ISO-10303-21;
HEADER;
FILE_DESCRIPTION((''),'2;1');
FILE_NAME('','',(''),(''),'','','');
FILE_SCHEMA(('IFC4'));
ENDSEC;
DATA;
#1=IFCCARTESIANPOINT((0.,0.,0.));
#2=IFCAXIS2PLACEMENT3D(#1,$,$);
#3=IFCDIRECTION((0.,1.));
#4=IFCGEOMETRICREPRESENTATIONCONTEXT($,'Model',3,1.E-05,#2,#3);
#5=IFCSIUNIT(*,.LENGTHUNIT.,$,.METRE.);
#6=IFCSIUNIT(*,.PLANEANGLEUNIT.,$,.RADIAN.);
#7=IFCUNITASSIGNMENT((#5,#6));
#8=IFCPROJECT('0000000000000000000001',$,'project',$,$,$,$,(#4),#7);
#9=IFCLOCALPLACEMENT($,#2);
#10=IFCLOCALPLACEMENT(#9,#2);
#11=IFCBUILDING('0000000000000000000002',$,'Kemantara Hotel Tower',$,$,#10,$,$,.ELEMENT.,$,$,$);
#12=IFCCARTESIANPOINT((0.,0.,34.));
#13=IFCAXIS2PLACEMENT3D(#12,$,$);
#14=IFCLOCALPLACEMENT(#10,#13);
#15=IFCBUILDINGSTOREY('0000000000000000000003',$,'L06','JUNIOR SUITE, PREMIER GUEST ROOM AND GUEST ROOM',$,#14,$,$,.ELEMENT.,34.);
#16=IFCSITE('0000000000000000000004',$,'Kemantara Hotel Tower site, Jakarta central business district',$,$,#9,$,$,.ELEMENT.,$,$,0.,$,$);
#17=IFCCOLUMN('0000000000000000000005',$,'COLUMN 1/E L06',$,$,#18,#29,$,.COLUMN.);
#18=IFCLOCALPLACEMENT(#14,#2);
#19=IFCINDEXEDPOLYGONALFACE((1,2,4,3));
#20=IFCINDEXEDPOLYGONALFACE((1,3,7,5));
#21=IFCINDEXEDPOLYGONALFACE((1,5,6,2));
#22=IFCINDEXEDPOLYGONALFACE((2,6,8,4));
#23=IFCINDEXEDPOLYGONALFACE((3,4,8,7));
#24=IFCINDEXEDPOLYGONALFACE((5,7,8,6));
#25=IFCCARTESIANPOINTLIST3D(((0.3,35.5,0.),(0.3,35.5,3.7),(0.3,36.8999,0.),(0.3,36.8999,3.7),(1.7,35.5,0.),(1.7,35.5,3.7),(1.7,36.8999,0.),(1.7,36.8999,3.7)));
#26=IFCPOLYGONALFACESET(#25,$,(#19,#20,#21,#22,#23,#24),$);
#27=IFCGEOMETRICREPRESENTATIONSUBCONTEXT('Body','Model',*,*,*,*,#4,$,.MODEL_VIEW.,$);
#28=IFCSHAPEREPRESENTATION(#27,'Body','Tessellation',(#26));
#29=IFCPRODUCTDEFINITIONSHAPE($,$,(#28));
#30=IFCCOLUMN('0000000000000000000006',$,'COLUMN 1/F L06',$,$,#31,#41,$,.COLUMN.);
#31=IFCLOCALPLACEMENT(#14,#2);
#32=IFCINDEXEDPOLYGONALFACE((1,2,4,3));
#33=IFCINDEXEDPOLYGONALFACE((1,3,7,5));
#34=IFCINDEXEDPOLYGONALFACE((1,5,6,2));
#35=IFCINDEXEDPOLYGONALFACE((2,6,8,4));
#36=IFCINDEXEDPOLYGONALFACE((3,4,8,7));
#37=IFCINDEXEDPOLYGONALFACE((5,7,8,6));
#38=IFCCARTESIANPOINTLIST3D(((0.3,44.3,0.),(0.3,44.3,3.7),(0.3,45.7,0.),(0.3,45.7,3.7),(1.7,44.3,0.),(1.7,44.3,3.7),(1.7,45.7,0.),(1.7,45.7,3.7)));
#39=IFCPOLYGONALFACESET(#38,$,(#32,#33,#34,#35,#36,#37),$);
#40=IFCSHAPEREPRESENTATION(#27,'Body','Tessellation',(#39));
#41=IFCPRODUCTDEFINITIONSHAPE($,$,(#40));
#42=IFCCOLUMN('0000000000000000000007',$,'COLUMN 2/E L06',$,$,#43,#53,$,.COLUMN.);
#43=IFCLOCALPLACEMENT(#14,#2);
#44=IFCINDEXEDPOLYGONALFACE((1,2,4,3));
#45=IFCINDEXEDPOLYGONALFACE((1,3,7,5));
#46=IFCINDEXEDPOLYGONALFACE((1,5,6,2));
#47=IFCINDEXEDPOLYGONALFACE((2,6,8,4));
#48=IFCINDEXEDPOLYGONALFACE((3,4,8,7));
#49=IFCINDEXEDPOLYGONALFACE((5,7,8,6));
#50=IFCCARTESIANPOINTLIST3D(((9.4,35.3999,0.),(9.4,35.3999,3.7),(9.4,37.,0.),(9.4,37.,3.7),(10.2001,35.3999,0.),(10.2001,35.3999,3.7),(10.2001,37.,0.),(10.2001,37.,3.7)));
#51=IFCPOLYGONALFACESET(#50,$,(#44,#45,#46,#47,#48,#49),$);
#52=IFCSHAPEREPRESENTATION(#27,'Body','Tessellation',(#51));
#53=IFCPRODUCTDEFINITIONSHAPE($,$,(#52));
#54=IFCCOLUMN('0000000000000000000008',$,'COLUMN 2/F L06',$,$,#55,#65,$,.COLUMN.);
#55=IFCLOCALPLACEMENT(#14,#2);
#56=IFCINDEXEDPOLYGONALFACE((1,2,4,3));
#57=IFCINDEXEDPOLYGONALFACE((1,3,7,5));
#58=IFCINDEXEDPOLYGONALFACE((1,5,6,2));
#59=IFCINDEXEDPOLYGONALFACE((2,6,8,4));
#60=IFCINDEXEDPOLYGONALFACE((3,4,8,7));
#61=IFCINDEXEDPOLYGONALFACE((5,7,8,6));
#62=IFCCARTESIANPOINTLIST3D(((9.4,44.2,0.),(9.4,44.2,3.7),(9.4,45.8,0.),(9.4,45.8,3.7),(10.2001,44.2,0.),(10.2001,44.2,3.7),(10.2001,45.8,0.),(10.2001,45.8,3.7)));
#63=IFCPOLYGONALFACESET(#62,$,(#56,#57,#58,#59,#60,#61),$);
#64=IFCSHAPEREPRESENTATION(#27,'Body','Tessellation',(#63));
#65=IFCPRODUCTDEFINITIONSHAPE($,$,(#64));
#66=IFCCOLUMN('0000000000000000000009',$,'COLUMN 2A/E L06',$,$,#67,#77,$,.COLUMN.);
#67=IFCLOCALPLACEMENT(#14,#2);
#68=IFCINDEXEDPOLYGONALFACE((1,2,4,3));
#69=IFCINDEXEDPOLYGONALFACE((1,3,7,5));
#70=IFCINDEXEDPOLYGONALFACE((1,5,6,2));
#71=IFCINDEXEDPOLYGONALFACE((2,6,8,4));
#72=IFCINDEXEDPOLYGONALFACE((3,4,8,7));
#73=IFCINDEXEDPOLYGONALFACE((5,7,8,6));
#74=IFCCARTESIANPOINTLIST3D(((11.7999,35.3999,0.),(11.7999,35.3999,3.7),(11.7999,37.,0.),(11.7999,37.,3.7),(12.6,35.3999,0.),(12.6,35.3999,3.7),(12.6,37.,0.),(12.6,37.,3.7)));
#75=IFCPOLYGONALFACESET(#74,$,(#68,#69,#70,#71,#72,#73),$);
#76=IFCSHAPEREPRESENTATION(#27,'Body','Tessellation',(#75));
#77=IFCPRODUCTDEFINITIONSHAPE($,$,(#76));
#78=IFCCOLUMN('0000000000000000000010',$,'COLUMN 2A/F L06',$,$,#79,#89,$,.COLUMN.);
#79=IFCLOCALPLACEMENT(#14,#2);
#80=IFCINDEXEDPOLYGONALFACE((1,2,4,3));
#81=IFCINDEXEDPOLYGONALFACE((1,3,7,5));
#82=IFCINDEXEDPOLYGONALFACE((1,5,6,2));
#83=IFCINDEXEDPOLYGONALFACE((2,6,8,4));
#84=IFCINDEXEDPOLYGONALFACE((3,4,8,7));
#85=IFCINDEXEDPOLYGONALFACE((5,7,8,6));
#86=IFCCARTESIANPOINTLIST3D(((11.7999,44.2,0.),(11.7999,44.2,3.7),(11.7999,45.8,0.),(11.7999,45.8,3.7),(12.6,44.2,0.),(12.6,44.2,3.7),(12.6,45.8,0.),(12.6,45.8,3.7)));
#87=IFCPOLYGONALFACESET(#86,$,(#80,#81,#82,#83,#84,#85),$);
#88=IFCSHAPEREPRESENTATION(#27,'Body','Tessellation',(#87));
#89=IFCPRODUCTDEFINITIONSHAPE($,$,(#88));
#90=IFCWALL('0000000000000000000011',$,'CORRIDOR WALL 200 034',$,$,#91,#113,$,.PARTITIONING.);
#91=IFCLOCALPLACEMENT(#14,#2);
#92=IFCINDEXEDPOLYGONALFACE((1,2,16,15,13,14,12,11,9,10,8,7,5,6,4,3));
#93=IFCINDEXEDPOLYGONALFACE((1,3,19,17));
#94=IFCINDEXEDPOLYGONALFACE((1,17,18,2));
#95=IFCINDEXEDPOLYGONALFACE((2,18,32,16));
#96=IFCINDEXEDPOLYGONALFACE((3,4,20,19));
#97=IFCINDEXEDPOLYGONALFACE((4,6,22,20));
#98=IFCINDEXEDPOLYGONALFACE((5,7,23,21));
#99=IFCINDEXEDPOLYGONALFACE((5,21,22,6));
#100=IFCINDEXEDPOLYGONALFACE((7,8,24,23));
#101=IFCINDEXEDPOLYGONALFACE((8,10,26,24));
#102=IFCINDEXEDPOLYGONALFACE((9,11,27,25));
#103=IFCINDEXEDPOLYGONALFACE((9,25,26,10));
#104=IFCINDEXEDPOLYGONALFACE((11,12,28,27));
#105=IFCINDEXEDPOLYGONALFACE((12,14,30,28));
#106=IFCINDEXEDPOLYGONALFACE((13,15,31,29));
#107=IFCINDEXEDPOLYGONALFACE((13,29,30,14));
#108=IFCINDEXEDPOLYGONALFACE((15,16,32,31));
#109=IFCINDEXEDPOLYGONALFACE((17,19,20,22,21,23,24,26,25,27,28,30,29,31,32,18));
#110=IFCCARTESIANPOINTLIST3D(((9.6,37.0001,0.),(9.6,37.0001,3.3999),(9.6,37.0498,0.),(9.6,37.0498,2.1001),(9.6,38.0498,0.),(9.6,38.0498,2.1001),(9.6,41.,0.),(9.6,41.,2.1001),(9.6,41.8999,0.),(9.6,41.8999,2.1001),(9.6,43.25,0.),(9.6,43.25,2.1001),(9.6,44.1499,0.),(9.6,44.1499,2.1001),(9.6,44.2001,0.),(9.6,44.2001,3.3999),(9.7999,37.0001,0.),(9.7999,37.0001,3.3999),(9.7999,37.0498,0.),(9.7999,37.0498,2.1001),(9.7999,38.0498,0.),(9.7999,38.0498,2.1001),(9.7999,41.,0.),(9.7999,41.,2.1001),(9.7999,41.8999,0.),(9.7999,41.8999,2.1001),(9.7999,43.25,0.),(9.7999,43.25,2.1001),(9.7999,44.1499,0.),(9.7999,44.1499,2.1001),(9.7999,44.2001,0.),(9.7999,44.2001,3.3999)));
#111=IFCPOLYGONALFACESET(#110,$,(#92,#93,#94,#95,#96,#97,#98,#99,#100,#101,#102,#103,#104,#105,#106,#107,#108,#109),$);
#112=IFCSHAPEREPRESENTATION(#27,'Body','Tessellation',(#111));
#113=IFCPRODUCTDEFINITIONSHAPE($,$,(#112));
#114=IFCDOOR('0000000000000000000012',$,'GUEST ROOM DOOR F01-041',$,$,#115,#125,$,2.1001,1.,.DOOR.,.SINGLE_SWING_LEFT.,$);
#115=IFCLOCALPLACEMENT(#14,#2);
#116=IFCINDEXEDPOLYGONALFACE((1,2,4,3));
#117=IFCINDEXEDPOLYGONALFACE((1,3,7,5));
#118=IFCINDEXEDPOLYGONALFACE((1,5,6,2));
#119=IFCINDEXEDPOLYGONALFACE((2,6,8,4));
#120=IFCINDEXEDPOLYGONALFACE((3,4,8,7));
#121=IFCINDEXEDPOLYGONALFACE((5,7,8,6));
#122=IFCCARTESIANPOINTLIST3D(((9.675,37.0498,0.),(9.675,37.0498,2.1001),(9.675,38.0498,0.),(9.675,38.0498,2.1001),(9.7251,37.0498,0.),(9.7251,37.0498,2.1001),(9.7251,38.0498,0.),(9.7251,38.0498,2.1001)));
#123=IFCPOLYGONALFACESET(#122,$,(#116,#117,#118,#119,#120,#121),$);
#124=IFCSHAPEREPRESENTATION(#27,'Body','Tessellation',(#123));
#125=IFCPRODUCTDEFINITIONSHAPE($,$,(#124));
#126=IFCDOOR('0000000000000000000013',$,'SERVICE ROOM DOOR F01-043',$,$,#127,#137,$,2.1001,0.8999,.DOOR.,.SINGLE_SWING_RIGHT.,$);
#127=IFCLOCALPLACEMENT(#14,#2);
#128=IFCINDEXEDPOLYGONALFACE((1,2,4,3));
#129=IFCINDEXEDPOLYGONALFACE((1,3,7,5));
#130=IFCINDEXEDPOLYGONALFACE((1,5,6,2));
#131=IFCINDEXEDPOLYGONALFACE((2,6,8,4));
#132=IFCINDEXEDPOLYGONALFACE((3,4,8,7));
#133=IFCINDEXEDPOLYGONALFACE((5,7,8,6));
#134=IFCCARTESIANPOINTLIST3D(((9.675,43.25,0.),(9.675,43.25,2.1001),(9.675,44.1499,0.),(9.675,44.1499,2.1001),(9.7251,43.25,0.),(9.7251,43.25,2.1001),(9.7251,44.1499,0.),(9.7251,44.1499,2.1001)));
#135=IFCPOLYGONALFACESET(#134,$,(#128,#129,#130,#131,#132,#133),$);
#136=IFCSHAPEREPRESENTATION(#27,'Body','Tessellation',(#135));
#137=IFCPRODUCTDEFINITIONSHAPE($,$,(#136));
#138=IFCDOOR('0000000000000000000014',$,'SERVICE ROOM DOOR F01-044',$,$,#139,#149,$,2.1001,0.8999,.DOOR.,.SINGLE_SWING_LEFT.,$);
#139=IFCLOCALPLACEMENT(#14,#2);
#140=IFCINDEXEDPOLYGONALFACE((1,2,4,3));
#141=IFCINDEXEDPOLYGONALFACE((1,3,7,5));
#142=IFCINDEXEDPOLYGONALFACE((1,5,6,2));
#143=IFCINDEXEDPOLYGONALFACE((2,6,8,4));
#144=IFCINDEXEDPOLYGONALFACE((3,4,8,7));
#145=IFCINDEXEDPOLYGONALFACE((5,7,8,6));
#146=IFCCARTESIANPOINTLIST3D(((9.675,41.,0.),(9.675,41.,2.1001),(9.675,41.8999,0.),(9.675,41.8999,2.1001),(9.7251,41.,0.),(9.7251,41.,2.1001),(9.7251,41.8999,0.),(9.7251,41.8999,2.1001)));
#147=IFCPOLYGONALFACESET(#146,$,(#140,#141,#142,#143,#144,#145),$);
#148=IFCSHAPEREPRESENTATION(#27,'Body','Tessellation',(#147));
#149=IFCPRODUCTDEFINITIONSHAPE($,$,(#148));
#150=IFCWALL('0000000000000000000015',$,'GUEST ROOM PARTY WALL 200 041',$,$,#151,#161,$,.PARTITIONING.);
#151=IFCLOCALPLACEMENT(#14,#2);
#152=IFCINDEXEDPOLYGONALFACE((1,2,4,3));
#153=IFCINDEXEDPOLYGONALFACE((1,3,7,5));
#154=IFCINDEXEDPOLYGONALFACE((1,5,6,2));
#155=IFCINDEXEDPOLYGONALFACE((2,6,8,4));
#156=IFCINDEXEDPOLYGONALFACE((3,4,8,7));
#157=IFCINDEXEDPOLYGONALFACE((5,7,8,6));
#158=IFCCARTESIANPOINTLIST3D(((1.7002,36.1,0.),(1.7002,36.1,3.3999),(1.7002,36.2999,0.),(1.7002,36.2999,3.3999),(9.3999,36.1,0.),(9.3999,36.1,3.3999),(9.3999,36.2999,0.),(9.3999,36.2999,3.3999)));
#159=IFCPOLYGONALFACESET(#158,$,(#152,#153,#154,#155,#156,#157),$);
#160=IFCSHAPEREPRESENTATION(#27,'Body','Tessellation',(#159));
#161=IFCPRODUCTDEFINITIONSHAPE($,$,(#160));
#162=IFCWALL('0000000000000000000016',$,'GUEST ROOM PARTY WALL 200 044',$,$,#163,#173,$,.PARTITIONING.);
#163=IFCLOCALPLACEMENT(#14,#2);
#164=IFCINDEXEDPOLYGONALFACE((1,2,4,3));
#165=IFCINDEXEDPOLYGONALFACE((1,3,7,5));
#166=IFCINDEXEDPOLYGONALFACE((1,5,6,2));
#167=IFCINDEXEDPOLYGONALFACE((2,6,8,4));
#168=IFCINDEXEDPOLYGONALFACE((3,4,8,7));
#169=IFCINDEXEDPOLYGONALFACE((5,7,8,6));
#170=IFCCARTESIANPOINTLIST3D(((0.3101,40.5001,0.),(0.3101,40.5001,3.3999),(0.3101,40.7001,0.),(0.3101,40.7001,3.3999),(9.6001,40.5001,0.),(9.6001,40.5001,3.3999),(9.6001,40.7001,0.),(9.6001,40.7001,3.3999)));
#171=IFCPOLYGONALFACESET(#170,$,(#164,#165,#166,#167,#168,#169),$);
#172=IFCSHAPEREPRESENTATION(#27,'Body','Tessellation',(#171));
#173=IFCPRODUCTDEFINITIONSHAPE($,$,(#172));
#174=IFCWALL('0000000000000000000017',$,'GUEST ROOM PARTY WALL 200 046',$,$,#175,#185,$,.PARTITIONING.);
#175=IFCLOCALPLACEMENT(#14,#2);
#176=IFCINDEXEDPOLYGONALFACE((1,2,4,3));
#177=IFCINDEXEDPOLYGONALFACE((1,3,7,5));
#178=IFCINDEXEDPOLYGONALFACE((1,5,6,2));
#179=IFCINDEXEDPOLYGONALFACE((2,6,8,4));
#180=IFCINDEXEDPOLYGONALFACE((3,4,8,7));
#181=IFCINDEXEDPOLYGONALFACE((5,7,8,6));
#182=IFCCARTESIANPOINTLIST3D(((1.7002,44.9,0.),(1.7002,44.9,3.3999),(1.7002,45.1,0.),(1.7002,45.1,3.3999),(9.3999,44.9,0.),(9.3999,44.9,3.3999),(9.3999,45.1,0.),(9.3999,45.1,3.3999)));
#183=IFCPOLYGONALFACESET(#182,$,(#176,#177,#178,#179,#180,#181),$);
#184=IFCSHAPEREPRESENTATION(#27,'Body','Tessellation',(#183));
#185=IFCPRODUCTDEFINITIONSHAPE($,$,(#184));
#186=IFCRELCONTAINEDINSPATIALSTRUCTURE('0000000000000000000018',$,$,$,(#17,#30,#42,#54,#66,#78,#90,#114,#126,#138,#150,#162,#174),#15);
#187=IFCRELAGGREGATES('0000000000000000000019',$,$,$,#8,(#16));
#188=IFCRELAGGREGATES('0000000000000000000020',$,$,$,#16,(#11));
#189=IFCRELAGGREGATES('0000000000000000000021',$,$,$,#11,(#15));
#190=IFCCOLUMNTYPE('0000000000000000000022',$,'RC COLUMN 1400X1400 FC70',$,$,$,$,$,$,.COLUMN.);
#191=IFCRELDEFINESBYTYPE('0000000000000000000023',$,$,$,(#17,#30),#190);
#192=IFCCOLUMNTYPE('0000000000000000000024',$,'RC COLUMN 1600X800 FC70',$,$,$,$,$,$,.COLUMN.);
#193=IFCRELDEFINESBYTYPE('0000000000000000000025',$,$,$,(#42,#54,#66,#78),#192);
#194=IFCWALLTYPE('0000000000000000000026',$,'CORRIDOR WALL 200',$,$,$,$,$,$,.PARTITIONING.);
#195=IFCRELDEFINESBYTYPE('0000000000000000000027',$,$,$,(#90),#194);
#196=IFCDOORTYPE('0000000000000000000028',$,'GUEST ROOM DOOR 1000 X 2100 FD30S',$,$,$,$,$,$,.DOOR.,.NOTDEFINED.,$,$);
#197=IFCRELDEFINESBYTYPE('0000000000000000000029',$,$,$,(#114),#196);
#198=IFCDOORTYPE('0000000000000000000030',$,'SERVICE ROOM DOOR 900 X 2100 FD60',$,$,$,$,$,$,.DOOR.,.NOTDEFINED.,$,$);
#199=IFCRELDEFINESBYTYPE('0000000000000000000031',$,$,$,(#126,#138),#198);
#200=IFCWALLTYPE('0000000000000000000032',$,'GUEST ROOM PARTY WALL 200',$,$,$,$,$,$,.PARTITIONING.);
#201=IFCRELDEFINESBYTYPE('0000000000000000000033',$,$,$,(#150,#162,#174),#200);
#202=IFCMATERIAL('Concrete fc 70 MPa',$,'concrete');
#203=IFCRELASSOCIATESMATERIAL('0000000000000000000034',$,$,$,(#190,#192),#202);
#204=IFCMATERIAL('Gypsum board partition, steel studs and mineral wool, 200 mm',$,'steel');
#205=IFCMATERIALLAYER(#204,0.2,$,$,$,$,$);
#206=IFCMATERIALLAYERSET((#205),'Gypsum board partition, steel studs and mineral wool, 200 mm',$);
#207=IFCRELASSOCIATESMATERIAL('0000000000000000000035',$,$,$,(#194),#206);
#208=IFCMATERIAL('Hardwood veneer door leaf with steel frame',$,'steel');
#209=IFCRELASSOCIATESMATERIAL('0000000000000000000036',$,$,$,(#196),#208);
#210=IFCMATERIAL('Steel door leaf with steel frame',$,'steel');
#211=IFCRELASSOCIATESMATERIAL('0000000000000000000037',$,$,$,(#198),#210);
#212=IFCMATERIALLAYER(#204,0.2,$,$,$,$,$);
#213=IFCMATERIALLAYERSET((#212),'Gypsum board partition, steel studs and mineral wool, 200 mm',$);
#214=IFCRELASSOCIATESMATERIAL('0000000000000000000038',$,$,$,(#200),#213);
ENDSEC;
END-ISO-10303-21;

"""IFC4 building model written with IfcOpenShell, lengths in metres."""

from ifc_helpers import new_model, si_unit, direction, frame, frame_2d, origin, origin_2d, place, context, subcontext, project, spatial, rectangle, extrude, material, layer, layer_set, material_profile, profile_set, type_object, element, fill, save


model = new_model("IFC4")

# Units and contexts
model_context = context("Model", 3, precision=1e-05, world=origin(), true_north=direction((0.0, 1.0)))
body_context = subcontext(model_context, "Body", "Model", "MODEL_VIEW")
ifc_project = project(units=[si_unit("LENGTHUNIT", "METRE"), si_unit("PLANEANGLEUNIT", "RADIAN")], contexts=[model_context])

# Site, building, storey
site_placement = place(None, origin())
site = spatial("IfcSite", under=ifc_project, at=site_placement, Name="Kemantara Hotel Tower site, Jakarta central business district", CompositionType="ELEMENT", RefElevation=0.0)
building_placement = place(site_placement, origin())
building = spatial("IfcBuilding", under=site, at=building_placement, Name="Kemantara Hotel Tower", CompositionType="ELEMENT")
storey_placement = place(building_placement, frame((0.0, 0.0, 34.0)))
storey = spatial("IfcBuildingStorey", under=building, at=storey_placement, Name="L06", Description="JUNIOR SUITE, PREMIER GUEST ROOM AND GUEST ROOM", CompositionType="ELEMENT", Elevation=34.0)

# Columns
ifc_material_1 = material(Name="Concrete fc 70 MPa", Category="concrete")
ifc_material_profile_1 = material_profile(ifc_material_1, rectangle(XDim=1.3999, YDim=1.3999, at=origin_2d()), Name="RC 1400X1400")
ifc_profile_set_1 = profile_set([ifc_material_profile_1], Name="Concrete fc 70 MPa")
column_type_1 = type_object("IfcColumnType", Name="RC COLUMN 1400X1400 FC70", PredefinedType="COLUMN", material=ifc_profile_set_1)
for number, where, z_axis, x_axis, name in (
    (1, (1.0, 36.2, 0.0), (0.0, 0.0, 1.0), (1.0, 0.0, 0.0), "COLUMN 1/E L06"),
    (2, (1.0, 45.0, 0.0), (0.0, 0.0, 1.0), (1.0, 0.0, 0.0), "COLUMN 1/F L06"),
):
    element("IfcColumn", number, at=place(storey_placement, frame(where, z_axis=z_axis, x_axis=x_axis)), inside=storey, type_object=column_type_1, Name=name, PredefinedType="COLUMN", context=body_context, shape_type="SweptSolid", body=[
        extrude(rectangle(XDim=1.3999, YDim=1.3999, at=origin_2d()), origin(), (0.0, 0.0, 1.0), 3.7),
    ])
ifc_material_profile_2 = material_profile(ifc_material_1, rectangle(XDim=1.6001, YDim=0.8, at=origin_2d()), Name="RC 1600X800")
ifc_profile_set_2 = profile_set([ifc_material_profile_2], Name="Concrete fc 70 MPa")
column_type_2 = type_object("IfcColumnType", Name="RC COLUMN 1600X800 FC70", PredefinedType="COLUMN", material=ifc_profile_set_2)
for number, where, z_axis, x_axis, name in (
    (3, (9.8, 36.2, 0.0), (0.0, 0.0, 1.0), (0.0, 1.0, 0.0), "COLUMN 2/E L06"),
    (4, (9.8, 45.0, 0.0), (0.0, 0.0, 1.0), (0.0, 1.0, 0.0), "COLUMN 2/F L06"),
    (5, (12.2, 36.2, 0.0), (0.0, 0.0, 1.0), (0.0, 1.0, 0.0), "COLUMN 2A/E L06"),
    (6, (12.2, 45.0, 0.0), (0.0, 0.0, 1.0), (0.0, 1.0, 0.0), "COLUMN 2A/F L06"),
):
    element("IfcColumn", number, at=place(storey_placement, frame(where, z_axis=z_axis, x_axis=x_axis)), inside=storey, type_object=column_type_2, Name=name, PredefinedType="COLUMN", context=body_context, shape_type="SweptSolid", body=[
        extrude(rectangle(XDim=1.6001, YDim=0.8, at=origin_2d()), origin(), (0.0, 0.0, 1.0), 3.7),
    ])

# Wall, openings, doors
ifc_material_2 = material(Name="Gypsum board partition, steel studs and mineral wool, 200 mm", Category="steel")
ifc_layer_1 = layer(ifc_material_2, 0.2)
ifc_layer_set_1 = layer_set([ifc_layer_1], Name="Gypsum board partition, steel studs and mineral wool, 200 mm")
wall_type_1 = type_object("IfcWallType", Name="CORRIDOR WALL 200", PredefinedType="PARTITIONING", material=ifc_layer_set_1)
wall_1_placement = place(storey_placement, frame((9.7, 37.0, 0.0), z_axis=(0.0, 0.0, 1.0), x_axis=(0.0, 1.0, 0.0)))
wall_1 = element("IfcWall", 7, at=wall_1_placement, inside=storey, type_object=wall_type_1, Name="CORRIDOR WALL 200 034", PredefinedType="PARTITIONING", context=body_context, shape_type="SweptSolid", body=[
    extrude(rectangle(XDim=7.2, YDim=0.2, at=frame_2d((3.6001, 0.0))), origin(), (0.0, 0.0, 1.0), 3.3999),
])
opening_1_placement = place(wall_1_placement, frame((0.0498, 0.0, 0.0)))
opening_1 = element("IfcOpeningElement", 8, at=opening_1_placement, cuts=wall_1, PredefinedType="OPENING", context=body_context, shape_type="SweptSolid", body=[
    extrude(rectangle(XDim=1.0, YDim=2.1001, at=frame_2d((0.5, 1.05))), frame((0.0, 0.1099, 0.0), z_axis=(0.0, -1.0, 0.0), x_axis=(1.0, 0.0, 0.0)), (0.0, 0.0, 1.0), 0.22),
])
opening_2_placement = place(wall_1_placement, frame((6.25, 0.0, 0.0)))
opening_2 = element("IfcOpeningElement", 9, at=opening_2_placement, cuts=wall_1, PredefinedType="OPENING", context=body_context, shape_type="SweptSolid", body=[
    extrude(rectangle(XDim=0.8999, YDim=2.1001, at=frame_2d((0.45, 1.05))), frame((0.0, 0.1099, 0.0), z_axis=(0.0, -1.0, 0.0), x_axis=(1.0, 0.0, 0.0)), (0.0, 0.0, 1.0), 0.22),
])
opening_3_placement = place(wall_1_placement, frame((4.0, 0.0, 0.0)))
opening_3 = element("IfcOpeningElement", 10, at=opening_3_placement, cuts=wall_1, PredefinedType="OPENING", context=body_context, shape_type="SweptSolid", body=[
    extrude(rectangle(XDim=0.8999, YDim=2.1001, at=frame_2d((0.45, 1.05))), frame((0.0, 0.1099, 0.0), z_axis=(0.0, -1.0, 0.0), x_axis=(1.0, 0.0, 0.0)), (0.0, 0.0, 1.0), 0.22),
])
ifc_material_3 = material(Name="Hardwood veneer door leaf with steel frame", Category="steel")
door_type_1 = type_object("IfcDoorType", Name="GUEST ROOM DOOR 1000 X 2100 FD30S", OperationType="NOTDEFINED", PredefinedType="DOOR", material=ifc_material_3)
door_1_placement = place(opening_1_placement, origin())
door_1 = element("IfcDoor", 11, at=door_1_placement, inside=storey, type_object=door_type_1, Name="GUEST ROOM DOOR F01-041", OperationType="SINGLE_SWING_LEFT", OverallHeight=2.1001, OverallWidth=1.0, PredefinedType="DOOR", context=body_context, shape_type="SweptSolid", body=[
    extrude(rectangle(XDim=1.0, YDim=2.1001, at=frame_2d((0.5, 1.05))), frame((0.0, 0.0249, 0.0), z_axis=(0.0, -1.0, 0.0), x_axis=(1.0, 0.0, 0.0)), (0.0, 0.0, 1.0), 0.05),
])
fill(opening_1, door_1)
ifc_material_4 = material(Name="Steel door leaf with steel frame", Category="steel")
door_type_2 = type_object("IfcDoorType", Name="SERVICE ROOM DOOR 900 X 2100 FD60", OperationType="NOTDEFINED", PredefinedType="DOOR", material=ifc_material_4)
door_2_placement = place(opening_2_placement, origin())
door_2 = element("IfcDoor", 12, at=door_2_placement, inside=storey, type_object=door_type_2, Name="SERVICE ROOM DOOR F01-043", OperationType="SINGLE_SWING_RIGHT", OverallHeight=2.1001, OverallWidth=0.8999, PredefinedType="DOOR", context=body_context, shape_type="SweptSolid", body=[
    extrude(rectangle(XDim=0.8999, YDim=2.1001, at=frame_2d((0.45, 1.05))), frame((0.0, 0.0249, 0.0), z_axis=(0.0, -1.0, 0.0), x_axis=(1.0, 0.0, 0.0)), (0.0, 0.0, 1.0), 0.05),
])
fill(opening_2, door_2)
door_3_placement = place(opening_3_placement, origin())
door_3 = element("IfcDoor", 13, at=door_3_placement, inside=storey, type_object=door_type_2, Name="SERVICE ROOM DOOR F01-044", OperationType="SINGLE_SWING_LEFT", OverallHeight=2.1001, OverallWidth=0.8999, PredefinedType="DOOR", context=body_context, shape_type="SweptSolid", body=[
    extrude(rectangle(XDim=0.8999, YDim=2.1001, at=frame_2d((0.45, 1.05))), frame((0.0, 0.0249, 0.0), z_axis=(0.0, -1.0, 0.0), x_axis=(1.0, 0.0, 0.0)), (0.0, 0.0, 1.0), 0.05),
])
fill(opening_3, door_3)

# Walls
ifc_layer_2 = layer(ifc_material_2, 0.2)
ifc_layer_set_2 = layer_set([ifc_layer_2], Name="Gypsum board partition, steel studs and mineral wool, 200 mm")
wall_type_2 = type_object("IfcWallType", Name="GUEST ROOM PARTY WALL 200", PredefinedType="PARTITIONING", material=ifc_layer_set_2)
wall_2_placement = place(storey_placement, frame((1.7002, 36.2, 0.0), z_axis=(0.0, 0.0, 1.0), x_axis=(1.0, 0.0, 0.0)))
element("IfcWall", 14, at=wall_2_placement, inside=storey, type_object=wall_type_2, Name="GUEST ROOM PARTY WALL 200 041", PredefinedType="PARTITIONING", context=body_context, shape_type="SweptSolid", body=[
    extrude(rectangle(XDim=7.6997, YDim=0.2, at=frame_2d((3.8499, 0.0))), origin(), (0.0, 0.0, 1.0), 3.3999),
])
wall_3_placement = place(storey_placement, frame((0.3101, 40.6001, 0.0), z_axis=(0.0, 0.0, 1.0), x_axis=(1.0, 0.0, 0.0)))
element("IfcWall", 15, at=wall_3_placement, inside=storey, type_object=wall_type_2, Name="GUEST ROOM PARTY WALL 200 044", PredefinedType="PARTITIONING", context=body_context, shape_type="SweptSolid", body=[
    extrude(rectangle(XDim=9.29, YDim=0.2, at=frame_2d((4.645, 0.0))), origin(), (0.0, 0.0, 1.0), 3.3999),
])
wall_4_placement = place(storey_placement, frame((1.7002, 45.0, 0.0), z_axis=(0.0, 0.0, 1.0), x_axis=(1.0, 0.0, 0.0)))
element("IfcWall", 16, at=wall_4_placement, inside=storey, type_object=wall_type_2, Name="GUEST ROOM PARTY WALL 200 046", PredefinedType="PARTITIONING", context=body_context, shape_type="SweptSolid", body=[
    extrude(rectangle(XDim=7.6997, YDim=0.2, at=frame_2d((3.8499, 0.0))), origin(), (0.0, 0.0, 1.0), 3.3999),
])

save(model, "model.ifc")
